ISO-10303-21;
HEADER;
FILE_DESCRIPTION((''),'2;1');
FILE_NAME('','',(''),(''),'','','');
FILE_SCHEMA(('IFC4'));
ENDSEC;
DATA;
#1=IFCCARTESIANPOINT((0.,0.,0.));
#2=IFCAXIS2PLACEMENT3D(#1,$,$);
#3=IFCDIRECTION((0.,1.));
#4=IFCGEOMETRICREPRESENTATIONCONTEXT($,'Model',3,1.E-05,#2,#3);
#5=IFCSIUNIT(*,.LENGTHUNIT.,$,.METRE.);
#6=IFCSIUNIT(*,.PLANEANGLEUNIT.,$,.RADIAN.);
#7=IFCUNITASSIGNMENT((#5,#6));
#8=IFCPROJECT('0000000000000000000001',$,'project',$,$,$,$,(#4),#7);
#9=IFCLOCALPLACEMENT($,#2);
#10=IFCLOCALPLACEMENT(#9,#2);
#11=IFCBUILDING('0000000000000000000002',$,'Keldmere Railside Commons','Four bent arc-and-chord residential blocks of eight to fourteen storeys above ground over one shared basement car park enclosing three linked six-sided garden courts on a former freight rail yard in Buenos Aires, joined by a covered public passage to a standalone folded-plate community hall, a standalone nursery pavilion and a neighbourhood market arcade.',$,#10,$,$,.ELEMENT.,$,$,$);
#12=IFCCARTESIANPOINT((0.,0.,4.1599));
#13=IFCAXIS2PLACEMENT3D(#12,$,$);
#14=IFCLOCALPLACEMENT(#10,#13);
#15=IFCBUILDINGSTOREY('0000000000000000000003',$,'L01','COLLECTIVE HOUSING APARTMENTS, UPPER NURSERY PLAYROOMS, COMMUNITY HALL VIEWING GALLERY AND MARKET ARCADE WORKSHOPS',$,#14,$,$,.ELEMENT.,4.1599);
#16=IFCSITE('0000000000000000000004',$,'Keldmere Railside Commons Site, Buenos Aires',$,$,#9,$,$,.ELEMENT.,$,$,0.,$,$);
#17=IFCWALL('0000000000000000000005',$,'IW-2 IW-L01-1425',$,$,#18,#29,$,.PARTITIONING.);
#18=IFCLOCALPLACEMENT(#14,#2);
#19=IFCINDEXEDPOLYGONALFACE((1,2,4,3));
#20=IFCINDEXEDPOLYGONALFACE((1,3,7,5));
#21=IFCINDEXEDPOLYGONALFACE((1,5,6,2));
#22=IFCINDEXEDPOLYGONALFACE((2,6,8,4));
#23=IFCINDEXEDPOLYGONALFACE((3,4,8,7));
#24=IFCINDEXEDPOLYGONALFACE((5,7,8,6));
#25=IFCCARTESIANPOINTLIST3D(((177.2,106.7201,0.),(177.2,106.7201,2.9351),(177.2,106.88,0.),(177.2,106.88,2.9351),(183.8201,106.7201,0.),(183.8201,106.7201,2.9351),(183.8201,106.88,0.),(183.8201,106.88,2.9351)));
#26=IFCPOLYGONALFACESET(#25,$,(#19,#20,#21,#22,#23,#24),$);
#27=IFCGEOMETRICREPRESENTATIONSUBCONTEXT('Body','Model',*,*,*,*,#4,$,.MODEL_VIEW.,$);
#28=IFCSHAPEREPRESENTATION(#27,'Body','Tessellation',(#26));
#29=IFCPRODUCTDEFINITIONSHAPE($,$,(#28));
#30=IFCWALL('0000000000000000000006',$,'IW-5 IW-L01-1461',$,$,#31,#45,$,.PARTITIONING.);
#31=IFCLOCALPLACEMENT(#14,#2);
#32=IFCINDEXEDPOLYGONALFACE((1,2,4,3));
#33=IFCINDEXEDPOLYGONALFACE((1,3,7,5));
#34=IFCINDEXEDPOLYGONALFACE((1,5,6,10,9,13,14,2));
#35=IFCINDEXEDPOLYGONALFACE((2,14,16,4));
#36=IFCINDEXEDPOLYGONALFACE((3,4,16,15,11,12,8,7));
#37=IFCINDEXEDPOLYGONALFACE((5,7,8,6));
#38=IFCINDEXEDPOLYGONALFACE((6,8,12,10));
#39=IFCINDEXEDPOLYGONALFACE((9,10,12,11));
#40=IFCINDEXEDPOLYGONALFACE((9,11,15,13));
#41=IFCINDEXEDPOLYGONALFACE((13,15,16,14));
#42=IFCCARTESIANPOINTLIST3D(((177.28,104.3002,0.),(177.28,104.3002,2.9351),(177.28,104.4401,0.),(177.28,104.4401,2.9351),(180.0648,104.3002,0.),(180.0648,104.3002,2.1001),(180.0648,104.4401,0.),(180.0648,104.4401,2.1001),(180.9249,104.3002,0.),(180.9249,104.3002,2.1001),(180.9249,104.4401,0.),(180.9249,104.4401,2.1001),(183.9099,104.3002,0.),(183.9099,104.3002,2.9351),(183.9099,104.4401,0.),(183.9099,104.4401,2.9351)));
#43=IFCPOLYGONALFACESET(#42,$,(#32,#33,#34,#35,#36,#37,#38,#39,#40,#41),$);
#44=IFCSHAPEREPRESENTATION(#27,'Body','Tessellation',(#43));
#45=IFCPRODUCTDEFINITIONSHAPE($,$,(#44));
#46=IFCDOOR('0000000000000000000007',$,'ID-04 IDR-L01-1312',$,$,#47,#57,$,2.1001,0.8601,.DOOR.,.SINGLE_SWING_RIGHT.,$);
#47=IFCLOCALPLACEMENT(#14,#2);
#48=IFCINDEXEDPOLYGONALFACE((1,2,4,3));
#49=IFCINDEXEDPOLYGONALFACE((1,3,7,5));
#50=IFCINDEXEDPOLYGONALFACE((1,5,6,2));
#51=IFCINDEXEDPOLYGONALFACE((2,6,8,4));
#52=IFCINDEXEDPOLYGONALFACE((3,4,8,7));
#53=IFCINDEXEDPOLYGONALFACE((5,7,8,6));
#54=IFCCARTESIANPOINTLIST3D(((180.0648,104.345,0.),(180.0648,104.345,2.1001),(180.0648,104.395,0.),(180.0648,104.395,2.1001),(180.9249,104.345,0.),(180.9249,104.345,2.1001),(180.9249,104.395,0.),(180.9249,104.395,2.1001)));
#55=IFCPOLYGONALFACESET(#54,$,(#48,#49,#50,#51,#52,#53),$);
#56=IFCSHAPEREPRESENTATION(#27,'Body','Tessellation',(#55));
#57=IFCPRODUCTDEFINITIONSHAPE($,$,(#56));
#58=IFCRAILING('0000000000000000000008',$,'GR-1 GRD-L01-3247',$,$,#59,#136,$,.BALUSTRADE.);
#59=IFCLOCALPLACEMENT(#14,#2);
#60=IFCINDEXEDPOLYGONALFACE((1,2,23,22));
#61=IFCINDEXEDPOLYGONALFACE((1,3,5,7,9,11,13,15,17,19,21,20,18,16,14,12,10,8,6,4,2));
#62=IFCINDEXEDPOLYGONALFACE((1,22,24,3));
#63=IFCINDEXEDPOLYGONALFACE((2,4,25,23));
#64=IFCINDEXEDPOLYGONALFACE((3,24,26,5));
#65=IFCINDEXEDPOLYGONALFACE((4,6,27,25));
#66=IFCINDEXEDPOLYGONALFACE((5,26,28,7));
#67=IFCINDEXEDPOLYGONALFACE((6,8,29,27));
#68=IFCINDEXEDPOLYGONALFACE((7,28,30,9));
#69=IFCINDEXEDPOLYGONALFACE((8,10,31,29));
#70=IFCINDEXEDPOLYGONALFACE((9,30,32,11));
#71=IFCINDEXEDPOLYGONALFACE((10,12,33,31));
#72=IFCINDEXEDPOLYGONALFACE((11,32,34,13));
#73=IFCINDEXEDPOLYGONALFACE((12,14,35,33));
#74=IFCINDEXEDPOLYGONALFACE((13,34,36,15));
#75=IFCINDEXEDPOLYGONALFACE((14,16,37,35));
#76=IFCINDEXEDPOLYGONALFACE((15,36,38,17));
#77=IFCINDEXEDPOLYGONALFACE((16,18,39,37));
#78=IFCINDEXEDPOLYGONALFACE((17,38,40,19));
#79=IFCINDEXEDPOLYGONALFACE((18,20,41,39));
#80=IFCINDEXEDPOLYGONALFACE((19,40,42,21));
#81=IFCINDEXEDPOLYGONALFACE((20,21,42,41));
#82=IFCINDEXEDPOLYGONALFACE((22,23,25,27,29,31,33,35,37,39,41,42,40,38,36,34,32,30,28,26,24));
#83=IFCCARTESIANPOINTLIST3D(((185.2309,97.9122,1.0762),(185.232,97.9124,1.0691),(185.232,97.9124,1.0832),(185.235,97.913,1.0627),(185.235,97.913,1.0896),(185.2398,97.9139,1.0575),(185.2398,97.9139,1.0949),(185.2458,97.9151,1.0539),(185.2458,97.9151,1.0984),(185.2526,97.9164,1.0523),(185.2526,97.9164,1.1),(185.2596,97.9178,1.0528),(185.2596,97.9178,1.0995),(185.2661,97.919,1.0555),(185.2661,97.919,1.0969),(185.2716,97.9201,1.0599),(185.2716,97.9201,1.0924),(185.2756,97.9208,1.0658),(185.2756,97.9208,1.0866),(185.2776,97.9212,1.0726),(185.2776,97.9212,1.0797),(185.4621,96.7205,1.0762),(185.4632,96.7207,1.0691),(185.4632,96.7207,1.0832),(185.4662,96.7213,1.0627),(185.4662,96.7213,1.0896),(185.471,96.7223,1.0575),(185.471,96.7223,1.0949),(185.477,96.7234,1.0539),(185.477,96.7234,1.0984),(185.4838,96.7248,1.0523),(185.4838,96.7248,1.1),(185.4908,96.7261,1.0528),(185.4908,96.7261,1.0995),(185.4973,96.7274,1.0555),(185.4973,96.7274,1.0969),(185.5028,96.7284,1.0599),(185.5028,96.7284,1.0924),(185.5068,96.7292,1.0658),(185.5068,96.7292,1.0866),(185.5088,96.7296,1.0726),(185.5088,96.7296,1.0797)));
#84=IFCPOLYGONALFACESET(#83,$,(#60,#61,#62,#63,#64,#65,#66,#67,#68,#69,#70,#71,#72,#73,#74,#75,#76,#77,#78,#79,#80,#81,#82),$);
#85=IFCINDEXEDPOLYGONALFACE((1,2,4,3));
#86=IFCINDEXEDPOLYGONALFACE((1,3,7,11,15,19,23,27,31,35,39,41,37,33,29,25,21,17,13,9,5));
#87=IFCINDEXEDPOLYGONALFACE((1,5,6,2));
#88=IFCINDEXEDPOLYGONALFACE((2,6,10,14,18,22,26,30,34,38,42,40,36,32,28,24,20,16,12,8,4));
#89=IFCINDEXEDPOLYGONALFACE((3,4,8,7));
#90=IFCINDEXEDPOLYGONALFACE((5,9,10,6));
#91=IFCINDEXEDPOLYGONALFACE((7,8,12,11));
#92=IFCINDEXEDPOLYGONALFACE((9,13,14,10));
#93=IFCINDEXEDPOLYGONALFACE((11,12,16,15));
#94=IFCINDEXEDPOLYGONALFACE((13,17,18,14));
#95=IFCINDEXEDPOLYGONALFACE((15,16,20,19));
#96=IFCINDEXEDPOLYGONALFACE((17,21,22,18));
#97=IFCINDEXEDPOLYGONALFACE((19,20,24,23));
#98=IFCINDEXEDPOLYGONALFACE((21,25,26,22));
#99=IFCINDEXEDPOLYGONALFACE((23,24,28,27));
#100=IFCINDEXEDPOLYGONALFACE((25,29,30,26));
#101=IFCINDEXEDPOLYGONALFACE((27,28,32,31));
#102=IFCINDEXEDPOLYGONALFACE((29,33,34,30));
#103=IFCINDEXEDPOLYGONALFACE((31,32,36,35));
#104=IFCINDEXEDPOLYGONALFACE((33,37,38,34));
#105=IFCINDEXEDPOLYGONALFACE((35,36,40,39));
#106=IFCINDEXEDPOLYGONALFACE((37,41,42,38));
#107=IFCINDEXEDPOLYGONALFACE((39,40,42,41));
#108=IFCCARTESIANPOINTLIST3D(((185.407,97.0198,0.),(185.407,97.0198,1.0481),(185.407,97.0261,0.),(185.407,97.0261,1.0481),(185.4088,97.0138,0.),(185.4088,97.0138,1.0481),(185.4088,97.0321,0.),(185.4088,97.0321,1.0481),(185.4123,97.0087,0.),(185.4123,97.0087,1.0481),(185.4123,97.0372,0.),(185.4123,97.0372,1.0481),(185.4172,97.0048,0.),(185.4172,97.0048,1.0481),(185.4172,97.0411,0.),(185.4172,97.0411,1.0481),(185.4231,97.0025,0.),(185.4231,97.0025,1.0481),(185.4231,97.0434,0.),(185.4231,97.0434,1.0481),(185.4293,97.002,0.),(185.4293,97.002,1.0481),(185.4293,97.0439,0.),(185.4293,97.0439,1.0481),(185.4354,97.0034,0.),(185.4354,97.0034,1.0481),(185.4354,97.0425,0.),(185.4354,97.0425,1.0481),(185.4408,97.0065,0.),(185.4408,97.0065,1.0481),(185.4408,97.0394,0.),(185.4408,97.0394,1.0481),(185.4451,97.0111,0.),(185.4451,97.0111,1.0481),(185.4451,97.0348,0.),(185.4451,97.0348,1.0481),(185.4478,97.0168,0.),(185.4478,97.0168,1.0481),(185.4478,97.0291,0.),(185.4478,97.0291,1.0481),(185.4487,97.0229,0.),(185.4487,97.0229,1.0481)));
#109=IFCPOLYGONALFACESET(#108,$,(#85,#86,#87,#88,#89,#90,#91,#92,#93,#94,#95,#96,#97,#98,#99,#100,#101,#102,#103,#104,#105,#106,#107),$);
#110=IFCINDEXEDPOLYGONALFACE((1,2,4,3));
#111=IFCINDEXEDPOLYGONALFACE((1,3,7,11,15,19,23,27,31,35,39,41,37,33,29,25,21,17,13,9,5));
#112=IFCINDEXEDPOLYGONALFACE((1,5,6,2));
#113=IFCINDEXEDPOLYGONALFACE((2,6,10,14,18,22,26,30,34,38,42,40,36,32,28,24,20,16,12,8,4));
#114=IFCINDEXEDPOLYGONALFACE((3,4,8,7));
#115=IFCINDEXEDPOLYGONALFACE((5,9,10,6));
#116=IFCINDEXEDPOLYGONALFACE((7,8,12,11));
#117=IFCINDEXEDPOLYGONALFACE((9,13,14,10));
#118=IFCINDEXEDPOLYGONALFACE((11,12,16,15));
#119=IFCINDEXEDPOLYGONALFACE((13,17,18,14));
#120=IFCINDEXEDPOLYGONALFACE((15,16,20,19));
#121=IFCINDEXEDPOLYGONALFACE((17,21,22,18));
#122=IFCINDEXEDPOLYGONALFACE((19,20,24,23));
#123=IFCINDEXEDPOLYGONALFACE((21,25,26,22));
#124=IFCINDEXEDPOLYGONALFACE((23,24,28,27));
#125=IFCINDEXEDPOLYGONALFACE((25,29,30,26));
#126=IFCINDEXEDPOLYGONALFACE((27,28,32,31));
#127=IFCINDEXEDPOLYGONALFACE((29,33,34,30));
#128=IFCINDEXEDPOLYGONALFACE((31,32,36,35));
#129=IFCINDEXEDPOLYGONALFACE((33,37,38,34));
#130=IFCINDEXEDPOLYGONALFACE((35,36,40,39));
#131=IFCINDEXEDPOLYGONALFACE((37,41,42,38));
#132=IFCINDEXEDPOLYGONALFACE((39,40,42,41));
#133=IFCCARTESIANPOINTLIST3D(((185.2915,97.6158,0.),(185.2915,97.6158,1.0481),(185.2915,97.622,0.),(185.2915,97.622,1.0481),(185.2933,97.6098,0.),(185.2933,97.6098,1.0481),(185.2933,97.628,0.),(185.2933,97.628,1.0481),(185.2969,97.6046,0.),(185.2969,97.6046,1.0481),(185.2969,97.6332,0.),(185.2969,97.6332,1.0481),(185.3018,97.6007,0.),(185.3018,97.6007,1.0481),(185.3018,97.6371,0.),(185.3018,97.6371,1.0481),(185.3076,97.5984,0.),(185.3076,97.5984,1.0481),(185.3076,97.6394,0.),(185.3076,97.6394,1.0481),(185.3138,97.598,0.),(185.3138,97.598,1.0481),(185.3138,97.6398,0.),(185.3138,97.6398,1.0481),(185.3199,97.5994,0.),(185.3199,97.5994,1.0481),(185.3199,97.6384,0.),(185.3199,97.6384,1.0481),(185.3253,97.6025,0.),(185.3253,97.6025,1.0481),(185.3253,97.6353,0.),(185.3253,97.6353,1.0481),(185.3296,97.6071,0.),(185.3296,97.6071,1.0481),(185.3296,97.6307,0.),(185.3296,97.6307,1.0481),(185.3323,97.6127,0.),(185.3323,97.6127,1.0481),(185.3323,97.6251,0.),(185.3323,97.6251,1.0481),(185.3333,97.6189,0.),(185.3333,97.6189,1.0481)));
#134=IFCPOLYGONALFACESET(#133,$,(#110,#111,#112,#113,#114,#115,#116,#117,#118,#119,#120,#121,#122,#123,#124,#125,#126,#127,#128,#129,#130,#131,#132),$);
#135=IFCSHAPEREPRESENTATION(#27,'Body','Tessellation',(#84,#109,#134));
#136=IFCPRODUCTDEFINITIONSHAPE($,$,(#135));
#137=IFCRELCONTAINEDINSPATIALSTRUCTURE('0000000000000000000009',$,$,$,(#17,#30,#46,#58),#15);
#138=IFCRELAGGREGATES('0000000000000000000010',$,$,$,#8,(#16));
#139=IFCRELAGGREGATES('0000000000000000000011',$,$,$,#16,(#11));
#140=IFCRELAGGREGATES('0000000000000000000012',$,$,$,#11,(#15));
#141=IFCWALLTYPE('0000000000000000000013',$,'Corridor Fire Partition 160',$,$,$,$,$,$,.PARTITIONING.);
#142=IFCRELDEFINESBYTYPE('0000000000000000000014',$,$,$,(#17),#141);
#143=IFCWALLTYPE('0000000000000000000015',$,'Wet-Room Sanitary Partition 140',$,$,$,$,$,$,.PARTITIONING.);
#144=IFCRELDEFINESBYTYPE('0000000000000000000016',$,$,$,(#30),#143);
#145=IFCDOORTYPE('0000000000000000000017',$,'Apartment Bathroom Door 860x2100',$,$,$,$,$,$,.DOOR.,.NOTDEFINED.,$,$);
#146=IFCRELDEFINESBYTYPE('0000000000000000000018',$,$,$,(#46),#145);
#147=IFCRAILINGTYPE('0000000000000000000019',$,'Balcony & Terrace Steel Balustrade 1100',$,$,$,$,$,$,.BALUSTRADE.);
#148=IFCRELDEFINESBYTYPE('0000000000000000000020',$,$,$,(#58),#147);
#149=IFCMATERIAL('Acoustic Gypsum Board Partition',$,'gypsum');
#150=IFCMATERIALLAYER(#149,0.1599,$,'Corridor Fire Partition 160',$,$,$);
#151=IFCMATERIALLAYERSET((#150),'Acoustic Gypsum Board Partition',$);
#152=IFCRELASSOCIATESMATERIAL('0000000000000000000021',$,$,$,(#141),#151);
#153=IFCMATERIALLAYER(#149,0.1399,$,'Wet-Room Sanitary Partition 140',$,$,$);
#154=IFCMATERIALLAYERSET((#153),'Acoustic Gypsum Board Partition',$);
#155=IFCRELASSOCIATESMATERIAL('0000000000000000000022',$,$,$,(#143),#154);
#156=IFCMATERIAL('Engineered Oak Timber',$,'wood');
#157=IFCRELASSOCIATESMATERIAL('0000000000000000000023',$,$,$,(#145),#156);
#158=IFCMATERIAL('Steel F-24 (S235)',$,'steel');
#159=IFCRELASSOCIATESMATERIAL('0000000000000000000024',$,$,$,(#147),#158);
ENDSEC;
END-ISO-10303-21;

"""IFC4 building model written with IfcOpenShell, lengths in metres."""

from ifc_helpers import new_model, si_unit, direction, frame, frame_2d, origin, origin_2d, place, context, subcontext, project, spatial, rectangle, circle, extrude, material, layer, layer_set, type_object, element, fill, save


model = new_model("IFC4")

# Units and contexts
model_context = context("Model", 3, precision=1e-05, world=origin(), true_north=direction((0.0, 1.0)))
body_context = subcontext(model_context, "Body", "Model", "MODEL_VIEW")
ifc_project = project(units=[si_unit("LENGTHUNIT", "METRE"), si_unit("PLANEANGLEUNIT", "RADIAN")], contexts=[model_context])

# Site, building, storey
site_placement = place(None, origin())
site = spatial("IfcSite", under=ifc_project, at=site_placement, Name="Keldmere Railside Commons Site, Buenos Aires", CompositionType="ELEMENT", RefElevation=0.0)
building_placement = place(site_placement, origin())
building = spatial("IfcBuilding", under=site, at=building_placement, Name="Keldmere Railside Commons", Description="Four bent arc-and-chord residential blocks of eight to fourteen storeys above ground over one shared basement car park enclosing three linked six-sided garden courts on a former freight rail yard in Buenos Aires, joined by a covered public passage to a standalone folded-plate community hall, a standalone nursery pavilion and a neighbourhood market arcade.", CompositionType="ELEMENT")
storey_placement = place(building_placement, frame((0.0, 0.0, 4.1599)))
storey = spatial("IfcBuildingStorey", under=building, at=storey_placement, Name="L01", Description="COLLECTIVE HOUSING APARTMENTS, UPPER NURSERY PLAYROOMS, COMMUNITY HALL VIEWING GALLERY AND MARKET ARCADE WORKSHOPS", CompositionType="ELEMENT", Elevation=4.1599)

# Shared definitions
ifc_material_1 = material(Name="Acoustic Gypsum Board Partition", Category="gypsum")
ifc_material_2 = material(Name="Engineered Oak Timber", Category="wood")

# Wall
ifc_layer_1 = layer(ifc_material_1, 0.1599, Name="Corridor Fire Partition 160")
ifc_layer_set_1 = layer_set([ifc_layer_1], Name="Acoustic Gypsum Board Partition")
wall_type_1 = type_object("IfcWallType", Name="Corridor Fire Partition 160", PredefinedType="PARTITIONING", material=ifc_layer_set_1)
wall_1_placement = place(storey_placement, frame((177.2, 106.8, 0.0), z_axis=(0.0, 0.0, 1.0), x_axis=(1.0, 0.0, 0.0)))
element("IfcWall", 1, at=wall_1_placement, inside=storey, type_object=wall_type_1, Name="IW-2 IW-L01-1425", PredefinedType="PARTITIONING", context=body_context, shape_type="SweptSolid", body=[
    extrude(rectangle(XDim=6.6201, YDim=0.1599, at=frame_2d((3.3101, 0.0))), origin(), (0.0, 0.0, 1.0), 2.9351),
])

# Wall, opening, door
ifc_layer_2 = layer(ifc_material_1, 0.1399, Name="Wet-Room Sanitary Partition 140")
ifc_layer_set_2 = layer_set([ifc_layer_2], Name="Acoustic Gypsum Board Partition")
wall_type_2 = type_object("IfcWallType", Name="Wet-Room Sanitary Partition 140", PredefinedType="PARTITIONING", material=ifc_layer_set_2)
wall_2_placement = place(storey_placement, frame((177.28, 104.3701, 0.0), z_axis=(0.0, 0.0, 1.0), x_axis=(1.0, 0.0, 0.0)))
wall_2 = element("IfcWall", 2, at=wall_2_placement, inside=storey, type_object=wall_type_2, Name="IW-5 IW-L01-1461", PredefinedType="PARTITIONING", context=body_context, shape_type="SweptSolid", body=[
    extrude(rectangle(XDim=6.6299, YDim=0.1399, at=frame_2d((3.3149, 0.0))), origin(), (0.0, 0.0, 1.0), 2.9351),
])
opening_1_placement = place(wall_2_placement, frame((2.7847, 0.0, 0.0)))
opening_1 = element("IfcOpeningElement", 3, at=opening_1_placement, cuts=wall_2, PredefinedType="OPENING", context=body_context, shape_type="SweptSolid", body=[
    extrude(rectangle(XDim=0.8601, YDim=2.1001, at=frame_2d((0.4302, 1.05))), frame((0.0, 0.0798, 0.0), z_axis=(0.0, -1.0, 0.0), x_axis=(1.0, 0.0, 0.0)), (0.0, 0.0, 1.0), 0.1599),
])
door_type_1 = type_object("IfcDoorType", Name="Apartment Bathroom Door 860x2100", OperationType="NOTDEFINED", PredefinedType="DOOR", material=ifc_material_2)
door_1_placement = place(opening_1_placement, origin())
door_1 = element("IfcDoor", 4, at=door_1_placement, inside=storey, type_object=door_type_1, Name="ID-04 IDR-L01-1312", OperationType="SINGLE_SWING_RIGHT", OverallHeight=2.1001, OverallWidth=0.8601, PredefinedType="DOOR", context=body_context, shape_type="SweptSolid", body=[
    extrude(rectangle(XDim=0.8601, YDim=2.1001, at=frame_2d((0.4302, 1.05))), frame((0.0, 0.0249, 0.0), z_axis=(0.0, -1.0, 0.0), x_axis=(1.0, 0.0, 0.0)), (0.0, 0.0, 1.0), 0.05),
])
fill(opening_1, door_1)

# Railing
ifc_material_3 = material(Name="Steel F-24 (S235)", Category="steel")
railing_type = type_object("IfcRailingType", Name="Balcony & Terrace Steel Balustrade 1100", PredefinedType="BALUSTRADE", material=ifc_material_3)
railing_1_placement = place(storey_placement, frame((185.4856, 96.7251, 0.0)))
element("IfcRailing", 5, at=railing_1_placement, inside=storey, type_object=railing_type, Name="GR-1 GRD-L01-3247", PredefinedType="BALUSTRADE", context=body_context, shape_type="SweptSolid", body=[
    extrude(circle(Radius=0.0239, at=origin_2d()), frame((0.0, 0.0, 1.0762), z_axis=(-0.190466, 0.981694, 0.0), x_axis=(-0.981694, -0.190466, 0.0)), (0.0, 0.0, 1.0), 1.2139),
    extrude(circle(Radius=0.021, at=origin_2d()), frame((-0.0579, 0.2979, 0.0)), (0.0, 0.0, 1.0), 1.0481),
    extrude(circle(Radius=0.021, at=origin_2d()), frame((-0.1733, 0.8938, 0.0)), (0.0, 0.0, 1.0), 1.0481),
])

save(model, "model.ifc")
